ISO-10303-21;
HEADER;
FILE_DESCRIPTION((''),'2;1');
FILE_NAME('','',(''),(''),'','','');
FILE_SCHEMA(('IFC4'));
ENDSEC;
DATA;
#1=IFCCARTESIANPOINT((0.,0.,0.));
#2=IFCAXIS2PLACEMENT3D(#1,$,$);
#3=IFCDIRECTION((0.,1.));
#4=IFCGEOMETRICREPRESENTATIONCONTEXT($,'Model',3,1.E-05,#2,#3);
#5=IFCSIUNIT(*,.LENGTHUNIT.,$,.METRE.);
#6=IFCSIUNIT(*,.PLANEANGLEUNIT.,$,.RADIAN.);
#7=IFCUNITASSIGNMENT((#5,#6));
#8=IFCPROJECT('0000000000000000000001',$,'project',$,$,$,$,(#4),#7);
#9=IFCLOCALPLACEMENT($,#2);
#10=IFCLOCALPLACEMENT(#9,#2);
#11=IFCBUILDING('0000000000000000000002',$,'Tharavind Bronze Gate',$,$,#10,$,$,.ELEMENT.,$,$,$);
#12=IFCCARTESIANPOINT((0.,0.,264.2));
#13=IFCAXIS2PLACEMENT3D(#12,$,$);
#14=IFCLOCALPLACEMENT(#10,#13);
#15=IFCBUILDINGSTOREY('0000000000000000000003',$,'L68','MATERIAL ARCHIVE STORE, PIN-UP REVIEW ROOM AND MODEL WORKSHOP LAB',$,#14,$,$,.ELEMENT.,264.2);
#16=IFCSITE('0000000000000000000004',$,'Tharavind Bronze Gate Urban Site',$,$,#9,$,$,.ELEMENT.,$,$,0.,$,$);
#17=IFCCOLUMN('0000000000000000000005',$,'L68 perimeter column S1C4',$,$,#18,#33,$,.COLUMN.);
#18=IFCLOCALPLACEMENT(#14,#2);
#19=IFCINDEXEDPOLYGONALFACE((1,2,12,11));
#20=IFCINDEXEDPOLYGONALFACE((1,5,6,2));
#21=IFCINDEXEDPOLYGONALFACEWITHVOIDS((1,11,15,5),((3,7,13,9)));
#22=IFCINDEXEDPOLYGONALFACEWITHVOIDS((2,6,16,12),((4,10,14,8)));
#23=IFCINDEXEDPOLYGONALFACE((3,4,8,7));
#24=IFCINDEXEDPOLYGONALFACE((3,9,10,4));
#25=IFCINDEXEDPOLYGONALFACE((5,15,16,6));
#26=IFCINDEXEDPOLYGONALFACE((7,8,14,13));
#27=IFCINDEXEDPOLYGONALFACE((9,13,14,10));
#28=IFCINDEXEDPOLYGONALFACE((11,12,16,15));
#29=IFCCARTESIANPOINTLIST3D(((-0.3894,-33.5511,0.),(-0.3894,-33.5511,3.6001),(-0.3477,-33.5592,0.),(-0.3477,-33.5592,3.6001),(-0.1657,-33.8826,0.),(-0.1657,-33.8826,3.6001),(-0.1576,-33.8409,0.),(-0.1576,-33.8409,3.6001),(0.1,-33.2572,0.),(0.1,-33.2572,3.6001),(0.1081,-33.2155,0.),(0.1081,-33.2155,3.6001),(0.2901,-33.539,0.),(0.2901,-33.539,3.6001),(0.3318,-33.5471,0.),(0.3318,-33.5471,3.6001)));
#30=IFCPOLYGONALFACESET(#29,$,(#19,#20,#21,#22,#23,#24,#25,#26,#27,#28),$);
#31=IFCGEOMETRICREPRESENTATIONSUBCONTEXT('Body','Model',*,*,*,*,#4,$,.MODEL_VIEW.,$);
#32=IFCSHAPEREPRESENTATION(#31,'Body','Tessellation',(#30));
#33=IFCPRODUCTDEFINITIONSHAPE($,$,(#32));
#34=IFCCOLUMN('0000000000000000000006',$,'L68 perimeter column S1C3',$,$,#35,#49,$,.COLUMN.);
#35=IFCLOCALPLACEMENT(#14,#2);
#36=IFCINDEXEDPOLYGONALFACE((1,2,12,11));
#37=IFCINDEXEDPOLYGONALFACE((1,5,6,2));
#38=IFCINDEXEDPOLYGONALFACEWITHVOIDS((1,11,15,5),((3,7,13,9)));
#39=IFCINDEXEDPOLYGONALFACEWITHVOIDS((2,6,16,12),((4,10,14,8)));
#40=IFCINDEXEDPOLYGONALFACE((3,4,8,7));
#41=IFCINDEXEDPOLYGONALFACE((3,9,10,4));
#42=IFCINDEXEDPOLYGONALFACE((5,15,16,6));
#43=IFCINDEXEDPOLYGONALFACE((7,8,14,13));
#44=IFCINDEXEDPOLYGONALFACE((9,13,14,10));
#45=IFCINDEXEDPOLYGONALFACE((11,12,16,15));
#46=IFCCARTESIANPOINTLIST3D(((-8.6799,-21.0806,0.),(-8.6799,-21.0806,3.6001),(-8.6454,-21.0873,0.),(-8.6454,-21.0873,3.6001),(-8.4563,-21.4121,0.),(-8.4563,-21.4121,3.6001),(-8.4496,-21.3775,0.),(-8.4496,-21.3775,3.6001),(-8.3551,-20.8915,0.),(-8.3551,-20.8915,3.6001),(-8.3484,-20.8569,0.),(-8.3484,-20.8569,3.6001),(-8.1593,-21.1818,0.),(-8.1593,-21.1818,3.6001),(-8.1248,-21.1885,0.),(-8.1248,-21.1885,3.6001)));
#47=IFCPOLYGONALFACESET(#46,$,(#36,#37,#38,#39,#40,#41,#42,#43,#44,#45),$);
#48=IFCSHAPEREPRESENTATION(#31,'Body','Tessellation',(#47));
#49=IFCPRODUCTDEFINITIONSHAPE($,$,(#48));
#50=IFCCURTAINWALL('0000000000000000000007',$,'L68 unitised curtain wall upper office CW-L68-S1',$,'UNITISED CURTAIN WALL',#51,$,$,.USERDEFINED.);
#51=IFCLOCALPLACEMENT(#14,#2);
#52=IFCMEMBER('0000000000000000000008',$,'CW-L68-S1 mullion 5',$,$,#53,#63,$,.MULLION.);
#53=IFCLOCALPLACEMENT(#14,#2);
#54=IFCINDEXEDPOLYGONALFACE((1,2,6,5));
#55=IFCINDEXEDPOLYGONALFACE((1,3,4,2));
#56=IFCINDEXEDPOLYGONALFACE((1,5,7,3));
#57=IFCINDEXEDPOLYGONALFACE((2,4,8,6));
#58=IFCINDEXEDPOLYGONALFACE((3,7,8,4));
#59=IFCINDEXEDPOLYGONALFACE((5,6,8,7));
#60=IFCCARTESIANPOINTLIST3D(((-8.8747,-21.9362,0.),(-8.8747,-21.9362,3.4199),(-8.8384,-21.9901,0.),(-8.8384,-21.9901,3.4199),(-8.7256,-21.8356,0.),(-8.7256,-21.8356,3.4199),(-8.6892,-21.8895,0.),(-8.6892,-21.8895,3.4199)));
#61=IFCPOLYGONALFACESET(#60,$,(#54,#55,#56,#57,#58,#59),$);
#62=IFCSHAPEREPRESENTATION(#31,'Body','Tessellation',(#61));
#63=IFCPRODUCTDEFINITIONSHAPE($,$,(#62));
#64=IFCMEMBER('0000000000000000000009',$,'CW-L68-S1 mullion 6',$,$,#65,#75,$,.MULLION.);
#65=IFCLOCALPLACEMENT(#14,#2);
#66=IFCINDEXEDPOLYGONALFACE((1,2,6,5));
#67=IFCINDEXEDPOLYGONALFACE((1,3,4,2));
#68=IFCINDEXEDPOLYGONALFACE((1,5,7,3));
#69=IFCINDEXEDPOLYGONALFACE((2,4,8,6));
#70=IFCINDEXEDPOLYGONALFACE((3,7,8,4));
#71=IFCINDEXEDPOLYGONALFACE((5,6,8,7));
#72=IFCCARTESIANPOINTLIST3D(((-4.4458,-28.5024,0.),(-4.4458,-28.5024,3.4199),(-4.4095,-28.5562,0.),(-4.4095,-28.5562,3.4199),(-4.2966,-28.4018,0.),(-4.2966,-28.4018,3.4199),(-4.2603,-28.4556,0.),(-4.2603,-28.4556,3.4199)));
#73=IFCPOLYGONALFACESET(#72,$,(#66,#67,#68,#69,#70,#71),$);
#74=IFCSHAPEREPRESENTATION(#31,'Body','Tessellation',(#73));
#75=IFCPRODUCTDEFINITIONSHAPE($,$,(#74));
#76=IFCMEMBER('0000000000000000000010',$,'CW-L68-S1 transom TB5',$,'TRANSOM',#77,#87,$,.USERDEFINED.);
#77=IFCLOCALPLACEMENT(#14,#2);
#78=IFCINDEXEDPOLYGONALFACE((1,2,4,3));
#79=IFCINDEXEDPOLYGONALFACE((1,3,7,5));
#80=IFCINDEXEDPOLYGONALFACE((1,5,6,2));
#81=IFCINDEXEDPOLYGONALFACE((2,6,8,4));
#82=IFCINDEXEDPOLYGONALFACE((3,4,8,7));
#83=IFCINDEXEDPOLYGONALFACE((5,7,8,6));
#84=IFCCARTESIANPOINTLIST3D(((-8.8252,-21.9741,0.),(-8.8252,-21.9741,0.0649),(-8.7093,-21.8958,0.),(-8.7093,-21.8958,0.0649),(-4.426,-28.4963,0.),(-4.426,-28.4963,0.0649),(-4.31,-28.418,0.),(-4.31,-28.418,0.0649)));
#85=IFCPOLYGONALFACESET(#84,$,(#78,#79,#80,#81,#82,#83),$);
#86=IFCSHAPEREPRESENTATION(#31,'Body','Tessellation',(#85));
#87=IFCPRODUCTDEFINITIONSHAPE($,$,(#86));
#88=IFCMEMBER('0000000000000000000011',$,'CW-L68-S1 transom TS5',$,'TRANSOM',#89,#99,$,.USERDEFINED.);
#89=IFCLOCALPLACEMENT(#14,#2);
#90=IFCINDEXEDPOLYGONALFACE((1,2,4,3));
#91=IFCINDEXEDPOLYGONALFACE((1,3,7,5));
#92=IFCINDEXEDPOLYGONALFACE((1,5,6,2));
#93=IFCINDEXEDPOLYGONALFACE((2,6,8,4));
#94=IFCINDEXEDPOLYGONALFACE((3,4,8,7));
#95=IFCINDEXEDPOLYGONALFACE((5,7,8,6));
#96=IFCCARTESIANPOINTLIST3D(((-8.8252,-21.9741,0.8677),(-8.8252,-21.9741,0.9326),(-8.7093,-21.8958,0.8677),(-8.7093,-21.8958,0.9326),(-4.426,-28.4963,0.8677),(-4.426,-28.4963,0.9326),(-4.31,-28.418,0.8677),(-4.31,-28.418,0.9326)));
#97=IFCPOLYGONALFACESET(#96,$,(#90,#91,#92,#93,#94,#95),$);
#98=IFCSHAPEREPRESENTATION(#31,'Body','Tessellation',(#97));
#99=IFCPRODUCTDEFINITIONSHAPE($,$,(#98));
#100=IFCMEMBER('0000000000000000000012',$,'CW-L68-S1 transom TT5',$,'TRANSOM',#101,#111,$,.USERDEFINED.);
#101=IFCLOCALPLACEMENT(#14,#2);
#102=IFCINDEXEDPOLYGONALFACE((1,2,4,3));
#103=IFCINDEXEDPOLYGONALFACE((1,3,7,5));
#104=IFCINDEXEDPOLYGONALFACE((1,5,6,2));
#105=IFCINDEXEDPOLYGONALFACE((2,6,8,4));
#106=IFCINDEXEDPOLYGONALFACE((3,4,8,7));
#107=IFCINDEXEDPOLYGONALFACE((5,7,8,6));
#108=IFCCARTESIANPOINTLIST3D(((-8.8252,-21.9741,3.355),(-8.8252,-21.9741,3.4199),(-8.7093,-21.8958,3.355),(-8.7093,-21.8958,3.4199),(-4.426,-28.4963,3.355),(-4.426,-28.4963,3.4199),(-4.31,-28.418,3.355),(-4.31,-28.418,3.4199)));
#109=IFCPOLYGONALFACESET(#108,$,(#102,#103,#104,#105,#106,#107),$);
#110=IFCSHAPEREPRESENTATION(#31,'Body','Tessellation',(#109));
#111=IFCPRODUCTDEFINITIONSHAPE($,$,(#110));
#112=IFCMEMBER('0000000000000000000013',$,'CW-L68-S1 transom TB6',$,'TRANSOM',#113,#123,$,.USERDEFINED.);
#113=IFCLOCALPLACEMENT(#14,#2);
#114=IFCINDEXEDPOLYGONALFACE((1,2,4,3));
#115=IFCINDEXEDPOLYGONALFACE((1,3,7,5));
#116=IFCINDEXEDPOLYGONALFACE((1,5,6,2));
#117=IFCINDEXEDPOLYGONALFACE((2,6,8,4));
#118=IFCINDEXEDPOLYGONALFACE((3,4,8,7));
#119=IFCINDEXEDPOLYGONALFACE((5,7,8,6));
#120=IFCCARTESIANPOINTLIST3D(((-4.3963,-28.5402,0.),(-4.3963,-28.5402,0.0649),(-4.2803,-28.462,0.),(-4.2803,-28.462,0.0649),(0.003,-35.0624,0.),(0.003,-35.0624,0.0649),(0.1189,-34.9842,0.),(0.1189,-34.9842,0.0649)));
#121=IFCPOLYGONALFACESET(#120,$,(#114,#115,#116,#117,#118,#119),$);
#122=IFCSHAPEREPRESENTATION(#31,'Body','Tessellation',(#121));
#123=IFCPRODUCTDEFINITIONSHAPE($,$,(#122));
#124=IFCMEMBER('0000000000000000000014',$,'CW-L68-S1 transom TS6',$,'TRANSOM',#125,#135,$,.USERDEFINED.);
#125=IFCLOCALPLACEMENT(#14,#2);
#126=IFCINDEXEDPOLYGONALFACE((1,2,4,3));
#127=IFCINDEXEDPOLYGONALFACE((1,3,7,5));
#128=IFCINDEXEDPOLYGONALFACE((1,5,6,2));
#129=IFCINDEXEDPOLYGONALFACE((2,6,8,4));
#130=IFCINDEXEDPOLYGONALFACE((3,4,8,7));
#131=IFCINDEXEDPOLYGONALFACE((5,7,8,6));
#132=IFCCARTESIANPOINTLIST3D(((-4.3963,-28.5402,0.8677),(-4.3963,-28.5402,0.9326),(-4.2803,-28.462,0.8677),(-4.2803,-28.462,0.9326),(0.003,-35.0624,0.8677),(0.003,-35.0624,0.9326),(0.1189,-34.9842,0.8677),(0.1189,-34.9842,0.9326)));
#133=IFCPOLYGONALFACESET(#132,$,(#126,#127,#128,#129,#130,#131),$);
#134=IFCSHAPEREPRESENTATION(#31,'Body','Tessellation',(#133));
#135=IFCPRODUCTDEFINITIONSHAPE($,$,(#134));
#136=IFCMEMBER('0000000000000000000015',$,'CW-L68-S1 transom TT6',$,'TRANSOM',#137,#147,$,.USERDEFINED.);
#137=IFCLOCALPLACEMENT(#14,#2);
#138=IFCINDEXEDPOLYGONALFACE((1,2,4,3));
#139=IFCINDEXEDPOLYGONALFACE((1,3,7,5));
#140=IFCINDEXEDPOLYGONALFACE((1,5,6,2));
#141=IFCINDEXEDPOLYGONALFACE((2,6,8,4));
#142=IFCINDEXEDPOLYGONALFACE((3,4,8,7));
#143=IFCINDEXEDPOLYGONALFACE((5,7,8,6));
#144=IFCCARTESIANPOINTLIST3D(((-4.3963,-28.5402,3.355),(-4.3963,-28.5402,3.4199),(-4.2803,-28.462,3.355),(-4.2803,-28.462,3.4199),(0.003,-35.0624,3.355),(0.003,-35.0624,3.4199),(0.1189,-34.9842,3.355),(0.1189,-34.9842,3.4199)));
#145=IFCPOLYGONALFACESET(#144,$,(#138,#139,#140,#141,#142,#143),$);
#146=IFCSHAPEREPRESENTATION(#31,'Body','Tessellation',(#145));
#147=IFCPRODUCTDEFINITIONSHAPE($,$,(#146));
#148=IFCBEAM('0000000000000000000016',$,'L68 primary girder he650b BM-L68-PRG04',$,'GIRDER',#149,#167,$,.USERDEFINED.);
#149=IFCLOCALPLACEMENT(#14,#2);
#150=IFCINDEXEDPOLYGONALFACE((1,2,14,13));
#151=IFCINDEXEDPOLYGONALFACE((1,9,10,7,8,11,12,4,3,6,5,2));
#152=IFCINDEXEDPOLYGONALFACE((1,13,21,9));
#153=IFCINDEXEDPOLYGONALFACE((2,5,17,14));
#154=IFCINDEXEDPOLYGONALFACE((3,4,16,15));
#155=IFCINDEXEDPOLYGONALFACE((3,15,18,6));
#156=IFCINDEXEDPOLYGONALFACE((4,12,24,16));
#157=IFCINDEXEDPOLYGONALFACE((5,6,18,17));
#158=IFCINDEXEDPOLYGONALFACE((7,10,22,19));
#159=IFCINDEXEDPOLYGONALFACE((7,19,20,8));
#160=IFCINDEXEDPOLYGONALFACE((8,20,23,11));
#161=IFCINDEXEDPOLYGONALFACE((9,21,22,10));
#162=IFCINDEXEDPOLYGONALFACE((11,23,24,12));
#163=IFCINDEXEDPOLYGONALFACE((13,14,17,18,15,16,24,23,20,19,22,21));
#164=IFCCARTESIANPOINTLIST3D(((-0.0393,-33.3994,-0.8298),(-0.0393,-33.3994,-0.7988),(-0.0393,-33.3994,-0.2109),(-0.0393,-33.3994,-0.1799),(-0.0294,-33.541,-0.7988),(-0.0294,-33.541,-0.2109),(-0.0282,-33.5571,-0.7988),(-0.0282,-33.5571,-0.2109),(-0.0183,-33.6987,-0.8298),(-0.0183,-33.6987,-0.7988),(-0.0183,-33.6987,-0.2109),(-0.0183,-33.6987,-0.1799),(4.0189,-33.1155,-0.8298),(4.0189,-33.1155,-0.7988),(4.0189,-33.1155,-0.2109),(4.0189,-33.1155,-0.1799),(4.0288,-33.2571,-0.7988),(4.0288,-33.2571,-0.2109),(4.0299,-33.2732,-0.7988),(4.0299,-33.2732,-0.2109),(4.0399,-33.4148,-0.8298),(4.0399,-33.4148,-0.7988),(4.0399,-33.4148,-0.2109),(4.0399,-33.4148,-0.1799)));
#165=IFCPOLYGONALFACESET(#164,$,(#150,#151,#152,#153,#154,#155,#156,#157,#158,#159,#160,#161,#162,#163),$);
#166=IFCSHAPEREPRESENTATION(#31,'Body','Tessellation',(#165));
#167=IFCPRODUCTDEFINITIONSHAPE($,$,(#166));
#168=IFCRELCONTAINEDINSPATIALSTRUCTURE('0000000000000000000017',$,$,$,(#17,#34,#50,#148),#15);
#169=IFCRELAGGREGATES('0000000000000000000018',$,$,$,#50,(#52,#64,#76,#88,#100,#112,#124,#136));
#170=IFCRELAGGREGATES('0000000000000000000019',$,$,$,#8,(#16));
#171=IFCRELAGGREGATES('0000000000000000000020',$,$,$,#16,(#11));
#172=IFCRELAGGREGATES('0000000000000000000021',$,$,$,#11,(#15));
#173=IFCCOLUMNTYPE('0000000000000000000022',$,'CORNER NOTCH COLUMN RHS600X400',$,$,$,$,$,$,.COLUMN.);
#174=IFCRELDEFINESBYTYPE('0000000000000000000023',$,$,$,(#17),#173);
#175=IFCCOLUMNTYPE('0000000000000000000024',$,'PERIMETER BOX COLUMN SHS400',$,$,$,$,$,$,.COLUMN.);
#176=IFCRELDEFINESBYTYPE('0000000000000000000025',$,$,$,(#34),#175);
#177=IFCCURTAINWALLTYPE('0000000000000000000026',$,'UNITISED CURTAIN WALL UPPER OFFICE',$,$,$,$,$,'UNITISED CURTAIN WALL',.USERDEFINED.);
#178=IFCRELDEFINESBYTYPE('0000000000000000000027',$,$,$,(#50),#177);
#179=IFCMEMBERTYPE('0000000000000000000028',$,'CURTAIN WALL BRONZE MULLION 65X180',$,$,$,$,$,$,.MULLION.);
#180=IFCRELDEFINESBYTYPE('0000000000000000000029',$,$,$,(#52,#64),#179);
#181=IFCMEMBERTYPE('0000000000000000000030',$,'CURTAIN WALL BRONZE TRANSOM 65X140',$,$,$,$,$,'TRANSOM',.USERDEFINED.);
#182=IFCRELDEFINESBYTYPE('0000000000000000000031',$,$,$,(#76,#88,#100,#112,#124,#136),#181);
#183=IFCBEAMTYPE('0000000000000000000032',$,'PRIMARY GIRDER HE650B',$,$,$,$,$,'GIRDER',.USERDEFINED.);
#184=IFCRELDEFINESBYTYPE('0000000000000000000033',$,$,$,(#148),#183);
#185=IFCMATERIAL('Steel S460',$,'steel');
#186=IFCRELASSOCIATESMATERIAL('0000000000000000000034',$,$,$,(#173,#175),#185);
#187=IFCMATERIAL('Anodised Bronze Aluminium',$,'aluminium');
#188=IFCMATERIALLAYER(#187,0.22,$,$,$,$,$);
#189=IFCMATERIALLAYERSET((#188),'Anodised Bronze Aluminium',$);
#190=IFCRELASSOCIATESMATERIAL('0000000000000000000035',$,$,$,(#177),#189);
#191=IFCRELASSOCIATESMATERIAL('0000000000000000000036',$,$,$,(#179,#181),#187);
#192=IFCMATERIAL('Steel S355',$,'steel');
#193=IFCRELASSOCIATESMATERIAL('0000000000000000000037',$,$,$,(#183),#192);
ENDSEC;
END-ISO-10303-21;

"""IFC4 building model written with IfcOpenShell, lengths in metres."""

from ifc_helpers import new_model, si_unit, direction, frame, origin, origin_2d, place, context, subcontext, project, spatial, rectangle, hollow_rectangle, i_section, extrude, material, layer, layer_set, material_profile, profile_set, type_object, element, aggregate, save


model = new_model("IFC4")

# Units and contexts
model_context = context("Model", 3, precision=1e-05, world=origin(), true_north=direction((0.0, 1.0)))
body_context = subcontext(model_context, "Body", "Model", "MODEL_VIEW")
ifc_project = project(units=[si_unit("LENGTHUNIT", "METRE"), si_unit("PLANEANGLEUNIT", "RADIAN")], contexts=[model_context])

# Site, building, storey
site_placement = place(None, origin())
site = spatial("IfcSite", under=ifc_project, at=site_placement, Name="Tharavind Bronze Gate Urban Site", CompositionType="ELEMENT", RefElevation=0.0)
building_placement = place(site_placement, origin())
building = spatial("IfcBuilding", under=site, at=building_placement, Name="Tharavind Bronze Gate", CompositionType="ELEMENT")
storey_placement = place(building_placement, frame((0.0, 0.0, 264.2)))
storey = spatial("IfcBuildingStorey", under=building, at=storey_placement, Name="L68", Description="MATERIAL ARCHIVE STORE, PIN-UP REVIEW ROOM AND MODEL WORKSHOP LAB", CompositionType="ELEMENT", Elevation=264.2)

# Columns
ifc_material_1 = material(Name="Steel S460", Category="steel")
ifc_material_profile_1 = material_profile(ifc_material_1, hollow_rectangle(XDim=0.3999, YDim=0.6001, WallThickness=0.03, at=origin_2d()), Name="RHS600X400X30")
ifc_profile_set_1 = profile_set([ifc_material_profile_1], Name="Steel S460")
column_type_1 = type_object("IfcColumnType", Name="CORNER NOTCH COLUMN RHS600X400", PredefinedType="COLUMN", material=ifc_profile_set_1)
column_1_placement = place(storey_placement, frame((-0.0288, -33.5491, 0.0), z_axis=(0.0, 0.0, 1.0), x_axis=(-0.559193, 0.829038, 0.0)))
element("IfcColumn", 1, at=column_1_placement, inside=storey, type_object=column_type_1, Name="L68 perimeter column S1C4", PredefinedType="COLUMN", context=body_context, shape_type="SweptSolid", body=[
    extrude(hollow_rectangle(XDim=0.3999, YDim=0.6001, WallThickness=0.03, at=origin_2d()), origin(), (0.0, 0.0, 1.0), 3.6001),
])
ifc_material_profile_2 = material_profile(ifc_material_1, hollow_rectangle(XDim=0.3999, YDim=0.3999, WallThickness=0.0249, at=origin_2d()), Name="SHS400X25")
ifc_profile_set_2 = profile_set([ifc_material_profile_2], Name="Steel S460")
column_type_2 = type_object("IfcColumnType", Name="PERIMETER BOX COLUMN SHS400", PredefinedType="COLUMN", material=ifc_profile_set_2)
column_2_placement = place(storey_placement, frame((-8.4023, -21.1345, 0.0), z_axis=(0.0, 0.0, 1.0), x_axis=(-0.559193, 0.829038, 0.0)))
element("IfcColumn", 2, at=column_2_placement, inside=storey, type_object=column_type_2, Name="L68 perimeter column S1C3", PredefinedType="COLUMN", context=body_context, shape_type="SweptSolid", body=[
    extrude(hollow_rectangle(XDim=0.3999, YDim=0.3999, WallThickness=0.0249, at=origin_2d()), origin(), (0.0, 0.0, 1.0), 3.6001),
])

# Curtain wall, members
ifc_material_2 = material(Name="Anodised Bronze Aluminium", Category="aluminium")
ifc_layer_1 = layer(ifc_material_2, 0.22)
ifc_layer_set_1 = layer_set([ifc_layer_1], Name="Anodised Bronze Aluminium")
curtain_wall_type = type_object("IfcCurtainWallType", Name="UNITISED CURTAIN WALL UPPER OFFICE", ElementType="UNITISED CURTAIN WALL", PredefinedType="USERDEFINED", material=ifc_layer_set_1)
curtain_wall_placement = place(storey_placement, origin())
curtain_wall = element("IfcCurtainWall", 3, at=curtain_wall_placement, inside=storey, type_object=curtain_wall_type, Name="L68 unitised curtain wall upper office CW-L68-S1", ObjectType="UNITISED CURTAIN WALL", PredefinedType="USERDEFINED")
member_type_1 = type_object("IfcMemberType", Name="CURTAIN WALL BRONZE MULLION 65X180", PredefinedType="MULLION", material=ifc_material_2)
member_1_placement = place(storey_placement, frame((-8.782, -21.9128, 0.0), z_axis=(0.0, 0.0, 1.0), x_axis=(0.559191, -0.829039, 0.0)))
member_1 = element("IfcMember", 4, at=member_1_placement, type_object=member_type_1, Name="CW-L68-S1 mullion 5", PredefinedType="MULLION", context=body_context, shape_type="SweptSolid", body=[
    extrude(rectangle(XDim=0.0649, YDim=0.1799, at=origin_2d()), origin(), (0.0, 0.0, 1.0), 3.4199),
])
member_2_placement = place(storey_placement, frame((-4.353, -28.479, 0.0), z_axis=(0.0, 0.0, 1.0), x_axis=(0.559191, -0.829039, 0.0)))
member_2 = element("IfcMember", 5, at=member_2_placement, type_object=member_type_1, Name="CW-L68-S1 mullion 6", PredefinedType="MULLION", context=body_context, shape_type="SweptSolid", body=[
    extrude(rectangle(XDim=0.0649, YDim=0.1799, at=origin_2d()), origin(), (0.0, 0.0, 1.0), 3.4199),
])
member_type_2 = type_object("IfcMemberType", Name="CURTAIN WALL BRONZE TRANSOM 65X140", ElementType="TRANSOM", PredefinedType="USERDEFINED", material=ifc_material_2)
member_3_placement = place(storey_placement, frame((-6.5676, -25.196, 0.0), z_axis=(0.0, 0.0, 1.0), x_axis=(0.559191, -0.829039, 0.0)))
member_3 = element("IfcMember", 6, at=member_3_placement, type_object=member_type_2, Name="CW-L68-S1 transom TB5", ObjectType="TRANSOM", PredefinedType="USERDEFINED", context=body_context, shape_type="SweptSolid", body=[
    extrude(rectangle(XDim=7.8672, YDim=0.1399, at=origin_2d()), origin(), (0.0, 0.0, 1.0), 0.0649),
])
member_4_placement = place(storey_placement, frame((-6.5676, -25.196, 0.8677), z_axis=(0.0, 0.0, 1.0), x_axis=(0.559191, -0.829039, 0.0)))
member_4 = element("IfcMember", 7, at=member_4_placement, type_object=member_type_2, Name="CW-L68-S1 transom TS5", ObjectType="TRANSOM", PredefinedType="USERDEFINED", context=body_context, shape_type="SweptSolid", body=[
    extrude(rectangle(XDim=7.8672, YDim=0.1399, at=origin_2d()), origin(), (0.0, 0.0, 1.0), 0.0649),
])
member_5_placement = place(storey_placement, frame((-6.5676, -25.196, 3.355), z_axis=(0.0, 0.0, 1.0), x_axis=(0.559191, -0.829039, 0.0)))
member_5 = element("IfcMember", 8, at=member_5_placement, type_object=member_type_2, Name="CW-L68-S1 transom TT5", ObjectType="TRANSOM", PredefinedType="USERDEFINED", context=body_context, shape_type="SweptSolid", body=[
    extrude(rectangle(XDim=7.8672, YDim=0.1399, at=origin_2d()), origin(), (0.0, 0.0, 1.0), 0.0649),
])
member_6_placement = place(storey_placement, frame((-2.1387, -31.7622, 0.0), z_axis=(0.0, 0.0, 1.0), x_axis=(0.559191, -0.829039, 0.0)))
member_6 = element("IfcMember", 9, at=member_6_placement, type_object=member_type_2, Name="CW-L68-S1 transom TB6", ObjectType="TRANSOM", PredefinedType="USERDEFINED", context=body_context, shape_type="SweptSolid", body=[
    extrude(rectangle(XDim=7.8672, YDim=0.1399, at=origin_2d()), origin(), (0.0, 0.0, 1.0), 0.0649),
])
member_7_placement = place(storey_placement, frame((-2.1387, -31.7622, 0.8677), z_axis=(0.0, 0.0, 1.0), x_axis=(0.559191, -0.829039, 0.0)))
member_7 = element("IfcMember", 10, at=member_7_placement, type_object=member_type_2, Name="CW-L68-S1 transom TS6", ObjectType="TRANSOM", PredefinedType="USERDEFINED", context=body_context, shape_type="SweptSolid", body=[
    extrude(rectangle(XDim=7.8672, YDim=0.1399, at=origin_2d()), origin(), (0.0, 0.0, 1.0), 0.0649),
])
member_8_placement = place(storey_placement, frame((-2.1387, -31.7622, 3.355), z_axis=(0.0, 0.0, 1.0), x_axis=(0.559191, -0.829039, 0.0)))
member_8 = element("IfcMember", 11, at=member_8_placement, type_object=member_type_2, Name="CW-L68-S1 transom TT6", ObjectType="TRANSOM", PredefinedType="USERDEFINED", context=body_context, shape_type="SweptSolid", body=[
    extrude(rectangle(XDim=7.8672, YDim=0.1399, at=origin_2d()), origin(), (0.0, 0.0, 1.0), 0.0649),
])

# Beam
ifc_material_3 = material(Name="Steel S355", Category="steel")
ifc_material_profile_3 = material_profile(ifc_material_3, i_section(OverallWidth=0.3, OverallDepth=0.6499, WebThickness=0.0161, FlangeThickness=0.031, at=origin_2d()), Name="HE650B")
ifc_profile_set_3 = profile_set([ifc_material_profile_3], Name="Steel S355")
beam_type_1 = type_object("IfcBeamType", Name="PRIMARY GIRDER HE650B", ElementType="GIRDER", PredefinedType="USERDEFINED", material=ifc_profile_set_3)
beam_1_placement = place(storey_placement, frame((-0.0288, -33.5491, -0.5049), z_axis=(0.997561, 0.069797, 0.0), x_axis=(-0.069797, 0.997561, 0.0)))
element("IfcBeam", 12, at=beam_1_placement, inside=storey, type_object=beam_type_1, Name="L68 primary girder he650b BM-L68-PRG04", ObjectType="GIRDER", PredefinedType="USERDEFINED", context=body_context, shape_type="SweptSolid", body=[
    extrude(i_section(OverallWidth=0.3, OverallDepth=0.6499, WebThickness=0.0161, FlangeThickness=0.031, at=origin_2d()), origin(), (0.0, 0.0, 1.0), 4.0681),
])

aggregate(curtain_wall, [member_1, member_2, member_3, member_4, member_5, member_6, member_7, member_8])

save(model, "model.ifc")
